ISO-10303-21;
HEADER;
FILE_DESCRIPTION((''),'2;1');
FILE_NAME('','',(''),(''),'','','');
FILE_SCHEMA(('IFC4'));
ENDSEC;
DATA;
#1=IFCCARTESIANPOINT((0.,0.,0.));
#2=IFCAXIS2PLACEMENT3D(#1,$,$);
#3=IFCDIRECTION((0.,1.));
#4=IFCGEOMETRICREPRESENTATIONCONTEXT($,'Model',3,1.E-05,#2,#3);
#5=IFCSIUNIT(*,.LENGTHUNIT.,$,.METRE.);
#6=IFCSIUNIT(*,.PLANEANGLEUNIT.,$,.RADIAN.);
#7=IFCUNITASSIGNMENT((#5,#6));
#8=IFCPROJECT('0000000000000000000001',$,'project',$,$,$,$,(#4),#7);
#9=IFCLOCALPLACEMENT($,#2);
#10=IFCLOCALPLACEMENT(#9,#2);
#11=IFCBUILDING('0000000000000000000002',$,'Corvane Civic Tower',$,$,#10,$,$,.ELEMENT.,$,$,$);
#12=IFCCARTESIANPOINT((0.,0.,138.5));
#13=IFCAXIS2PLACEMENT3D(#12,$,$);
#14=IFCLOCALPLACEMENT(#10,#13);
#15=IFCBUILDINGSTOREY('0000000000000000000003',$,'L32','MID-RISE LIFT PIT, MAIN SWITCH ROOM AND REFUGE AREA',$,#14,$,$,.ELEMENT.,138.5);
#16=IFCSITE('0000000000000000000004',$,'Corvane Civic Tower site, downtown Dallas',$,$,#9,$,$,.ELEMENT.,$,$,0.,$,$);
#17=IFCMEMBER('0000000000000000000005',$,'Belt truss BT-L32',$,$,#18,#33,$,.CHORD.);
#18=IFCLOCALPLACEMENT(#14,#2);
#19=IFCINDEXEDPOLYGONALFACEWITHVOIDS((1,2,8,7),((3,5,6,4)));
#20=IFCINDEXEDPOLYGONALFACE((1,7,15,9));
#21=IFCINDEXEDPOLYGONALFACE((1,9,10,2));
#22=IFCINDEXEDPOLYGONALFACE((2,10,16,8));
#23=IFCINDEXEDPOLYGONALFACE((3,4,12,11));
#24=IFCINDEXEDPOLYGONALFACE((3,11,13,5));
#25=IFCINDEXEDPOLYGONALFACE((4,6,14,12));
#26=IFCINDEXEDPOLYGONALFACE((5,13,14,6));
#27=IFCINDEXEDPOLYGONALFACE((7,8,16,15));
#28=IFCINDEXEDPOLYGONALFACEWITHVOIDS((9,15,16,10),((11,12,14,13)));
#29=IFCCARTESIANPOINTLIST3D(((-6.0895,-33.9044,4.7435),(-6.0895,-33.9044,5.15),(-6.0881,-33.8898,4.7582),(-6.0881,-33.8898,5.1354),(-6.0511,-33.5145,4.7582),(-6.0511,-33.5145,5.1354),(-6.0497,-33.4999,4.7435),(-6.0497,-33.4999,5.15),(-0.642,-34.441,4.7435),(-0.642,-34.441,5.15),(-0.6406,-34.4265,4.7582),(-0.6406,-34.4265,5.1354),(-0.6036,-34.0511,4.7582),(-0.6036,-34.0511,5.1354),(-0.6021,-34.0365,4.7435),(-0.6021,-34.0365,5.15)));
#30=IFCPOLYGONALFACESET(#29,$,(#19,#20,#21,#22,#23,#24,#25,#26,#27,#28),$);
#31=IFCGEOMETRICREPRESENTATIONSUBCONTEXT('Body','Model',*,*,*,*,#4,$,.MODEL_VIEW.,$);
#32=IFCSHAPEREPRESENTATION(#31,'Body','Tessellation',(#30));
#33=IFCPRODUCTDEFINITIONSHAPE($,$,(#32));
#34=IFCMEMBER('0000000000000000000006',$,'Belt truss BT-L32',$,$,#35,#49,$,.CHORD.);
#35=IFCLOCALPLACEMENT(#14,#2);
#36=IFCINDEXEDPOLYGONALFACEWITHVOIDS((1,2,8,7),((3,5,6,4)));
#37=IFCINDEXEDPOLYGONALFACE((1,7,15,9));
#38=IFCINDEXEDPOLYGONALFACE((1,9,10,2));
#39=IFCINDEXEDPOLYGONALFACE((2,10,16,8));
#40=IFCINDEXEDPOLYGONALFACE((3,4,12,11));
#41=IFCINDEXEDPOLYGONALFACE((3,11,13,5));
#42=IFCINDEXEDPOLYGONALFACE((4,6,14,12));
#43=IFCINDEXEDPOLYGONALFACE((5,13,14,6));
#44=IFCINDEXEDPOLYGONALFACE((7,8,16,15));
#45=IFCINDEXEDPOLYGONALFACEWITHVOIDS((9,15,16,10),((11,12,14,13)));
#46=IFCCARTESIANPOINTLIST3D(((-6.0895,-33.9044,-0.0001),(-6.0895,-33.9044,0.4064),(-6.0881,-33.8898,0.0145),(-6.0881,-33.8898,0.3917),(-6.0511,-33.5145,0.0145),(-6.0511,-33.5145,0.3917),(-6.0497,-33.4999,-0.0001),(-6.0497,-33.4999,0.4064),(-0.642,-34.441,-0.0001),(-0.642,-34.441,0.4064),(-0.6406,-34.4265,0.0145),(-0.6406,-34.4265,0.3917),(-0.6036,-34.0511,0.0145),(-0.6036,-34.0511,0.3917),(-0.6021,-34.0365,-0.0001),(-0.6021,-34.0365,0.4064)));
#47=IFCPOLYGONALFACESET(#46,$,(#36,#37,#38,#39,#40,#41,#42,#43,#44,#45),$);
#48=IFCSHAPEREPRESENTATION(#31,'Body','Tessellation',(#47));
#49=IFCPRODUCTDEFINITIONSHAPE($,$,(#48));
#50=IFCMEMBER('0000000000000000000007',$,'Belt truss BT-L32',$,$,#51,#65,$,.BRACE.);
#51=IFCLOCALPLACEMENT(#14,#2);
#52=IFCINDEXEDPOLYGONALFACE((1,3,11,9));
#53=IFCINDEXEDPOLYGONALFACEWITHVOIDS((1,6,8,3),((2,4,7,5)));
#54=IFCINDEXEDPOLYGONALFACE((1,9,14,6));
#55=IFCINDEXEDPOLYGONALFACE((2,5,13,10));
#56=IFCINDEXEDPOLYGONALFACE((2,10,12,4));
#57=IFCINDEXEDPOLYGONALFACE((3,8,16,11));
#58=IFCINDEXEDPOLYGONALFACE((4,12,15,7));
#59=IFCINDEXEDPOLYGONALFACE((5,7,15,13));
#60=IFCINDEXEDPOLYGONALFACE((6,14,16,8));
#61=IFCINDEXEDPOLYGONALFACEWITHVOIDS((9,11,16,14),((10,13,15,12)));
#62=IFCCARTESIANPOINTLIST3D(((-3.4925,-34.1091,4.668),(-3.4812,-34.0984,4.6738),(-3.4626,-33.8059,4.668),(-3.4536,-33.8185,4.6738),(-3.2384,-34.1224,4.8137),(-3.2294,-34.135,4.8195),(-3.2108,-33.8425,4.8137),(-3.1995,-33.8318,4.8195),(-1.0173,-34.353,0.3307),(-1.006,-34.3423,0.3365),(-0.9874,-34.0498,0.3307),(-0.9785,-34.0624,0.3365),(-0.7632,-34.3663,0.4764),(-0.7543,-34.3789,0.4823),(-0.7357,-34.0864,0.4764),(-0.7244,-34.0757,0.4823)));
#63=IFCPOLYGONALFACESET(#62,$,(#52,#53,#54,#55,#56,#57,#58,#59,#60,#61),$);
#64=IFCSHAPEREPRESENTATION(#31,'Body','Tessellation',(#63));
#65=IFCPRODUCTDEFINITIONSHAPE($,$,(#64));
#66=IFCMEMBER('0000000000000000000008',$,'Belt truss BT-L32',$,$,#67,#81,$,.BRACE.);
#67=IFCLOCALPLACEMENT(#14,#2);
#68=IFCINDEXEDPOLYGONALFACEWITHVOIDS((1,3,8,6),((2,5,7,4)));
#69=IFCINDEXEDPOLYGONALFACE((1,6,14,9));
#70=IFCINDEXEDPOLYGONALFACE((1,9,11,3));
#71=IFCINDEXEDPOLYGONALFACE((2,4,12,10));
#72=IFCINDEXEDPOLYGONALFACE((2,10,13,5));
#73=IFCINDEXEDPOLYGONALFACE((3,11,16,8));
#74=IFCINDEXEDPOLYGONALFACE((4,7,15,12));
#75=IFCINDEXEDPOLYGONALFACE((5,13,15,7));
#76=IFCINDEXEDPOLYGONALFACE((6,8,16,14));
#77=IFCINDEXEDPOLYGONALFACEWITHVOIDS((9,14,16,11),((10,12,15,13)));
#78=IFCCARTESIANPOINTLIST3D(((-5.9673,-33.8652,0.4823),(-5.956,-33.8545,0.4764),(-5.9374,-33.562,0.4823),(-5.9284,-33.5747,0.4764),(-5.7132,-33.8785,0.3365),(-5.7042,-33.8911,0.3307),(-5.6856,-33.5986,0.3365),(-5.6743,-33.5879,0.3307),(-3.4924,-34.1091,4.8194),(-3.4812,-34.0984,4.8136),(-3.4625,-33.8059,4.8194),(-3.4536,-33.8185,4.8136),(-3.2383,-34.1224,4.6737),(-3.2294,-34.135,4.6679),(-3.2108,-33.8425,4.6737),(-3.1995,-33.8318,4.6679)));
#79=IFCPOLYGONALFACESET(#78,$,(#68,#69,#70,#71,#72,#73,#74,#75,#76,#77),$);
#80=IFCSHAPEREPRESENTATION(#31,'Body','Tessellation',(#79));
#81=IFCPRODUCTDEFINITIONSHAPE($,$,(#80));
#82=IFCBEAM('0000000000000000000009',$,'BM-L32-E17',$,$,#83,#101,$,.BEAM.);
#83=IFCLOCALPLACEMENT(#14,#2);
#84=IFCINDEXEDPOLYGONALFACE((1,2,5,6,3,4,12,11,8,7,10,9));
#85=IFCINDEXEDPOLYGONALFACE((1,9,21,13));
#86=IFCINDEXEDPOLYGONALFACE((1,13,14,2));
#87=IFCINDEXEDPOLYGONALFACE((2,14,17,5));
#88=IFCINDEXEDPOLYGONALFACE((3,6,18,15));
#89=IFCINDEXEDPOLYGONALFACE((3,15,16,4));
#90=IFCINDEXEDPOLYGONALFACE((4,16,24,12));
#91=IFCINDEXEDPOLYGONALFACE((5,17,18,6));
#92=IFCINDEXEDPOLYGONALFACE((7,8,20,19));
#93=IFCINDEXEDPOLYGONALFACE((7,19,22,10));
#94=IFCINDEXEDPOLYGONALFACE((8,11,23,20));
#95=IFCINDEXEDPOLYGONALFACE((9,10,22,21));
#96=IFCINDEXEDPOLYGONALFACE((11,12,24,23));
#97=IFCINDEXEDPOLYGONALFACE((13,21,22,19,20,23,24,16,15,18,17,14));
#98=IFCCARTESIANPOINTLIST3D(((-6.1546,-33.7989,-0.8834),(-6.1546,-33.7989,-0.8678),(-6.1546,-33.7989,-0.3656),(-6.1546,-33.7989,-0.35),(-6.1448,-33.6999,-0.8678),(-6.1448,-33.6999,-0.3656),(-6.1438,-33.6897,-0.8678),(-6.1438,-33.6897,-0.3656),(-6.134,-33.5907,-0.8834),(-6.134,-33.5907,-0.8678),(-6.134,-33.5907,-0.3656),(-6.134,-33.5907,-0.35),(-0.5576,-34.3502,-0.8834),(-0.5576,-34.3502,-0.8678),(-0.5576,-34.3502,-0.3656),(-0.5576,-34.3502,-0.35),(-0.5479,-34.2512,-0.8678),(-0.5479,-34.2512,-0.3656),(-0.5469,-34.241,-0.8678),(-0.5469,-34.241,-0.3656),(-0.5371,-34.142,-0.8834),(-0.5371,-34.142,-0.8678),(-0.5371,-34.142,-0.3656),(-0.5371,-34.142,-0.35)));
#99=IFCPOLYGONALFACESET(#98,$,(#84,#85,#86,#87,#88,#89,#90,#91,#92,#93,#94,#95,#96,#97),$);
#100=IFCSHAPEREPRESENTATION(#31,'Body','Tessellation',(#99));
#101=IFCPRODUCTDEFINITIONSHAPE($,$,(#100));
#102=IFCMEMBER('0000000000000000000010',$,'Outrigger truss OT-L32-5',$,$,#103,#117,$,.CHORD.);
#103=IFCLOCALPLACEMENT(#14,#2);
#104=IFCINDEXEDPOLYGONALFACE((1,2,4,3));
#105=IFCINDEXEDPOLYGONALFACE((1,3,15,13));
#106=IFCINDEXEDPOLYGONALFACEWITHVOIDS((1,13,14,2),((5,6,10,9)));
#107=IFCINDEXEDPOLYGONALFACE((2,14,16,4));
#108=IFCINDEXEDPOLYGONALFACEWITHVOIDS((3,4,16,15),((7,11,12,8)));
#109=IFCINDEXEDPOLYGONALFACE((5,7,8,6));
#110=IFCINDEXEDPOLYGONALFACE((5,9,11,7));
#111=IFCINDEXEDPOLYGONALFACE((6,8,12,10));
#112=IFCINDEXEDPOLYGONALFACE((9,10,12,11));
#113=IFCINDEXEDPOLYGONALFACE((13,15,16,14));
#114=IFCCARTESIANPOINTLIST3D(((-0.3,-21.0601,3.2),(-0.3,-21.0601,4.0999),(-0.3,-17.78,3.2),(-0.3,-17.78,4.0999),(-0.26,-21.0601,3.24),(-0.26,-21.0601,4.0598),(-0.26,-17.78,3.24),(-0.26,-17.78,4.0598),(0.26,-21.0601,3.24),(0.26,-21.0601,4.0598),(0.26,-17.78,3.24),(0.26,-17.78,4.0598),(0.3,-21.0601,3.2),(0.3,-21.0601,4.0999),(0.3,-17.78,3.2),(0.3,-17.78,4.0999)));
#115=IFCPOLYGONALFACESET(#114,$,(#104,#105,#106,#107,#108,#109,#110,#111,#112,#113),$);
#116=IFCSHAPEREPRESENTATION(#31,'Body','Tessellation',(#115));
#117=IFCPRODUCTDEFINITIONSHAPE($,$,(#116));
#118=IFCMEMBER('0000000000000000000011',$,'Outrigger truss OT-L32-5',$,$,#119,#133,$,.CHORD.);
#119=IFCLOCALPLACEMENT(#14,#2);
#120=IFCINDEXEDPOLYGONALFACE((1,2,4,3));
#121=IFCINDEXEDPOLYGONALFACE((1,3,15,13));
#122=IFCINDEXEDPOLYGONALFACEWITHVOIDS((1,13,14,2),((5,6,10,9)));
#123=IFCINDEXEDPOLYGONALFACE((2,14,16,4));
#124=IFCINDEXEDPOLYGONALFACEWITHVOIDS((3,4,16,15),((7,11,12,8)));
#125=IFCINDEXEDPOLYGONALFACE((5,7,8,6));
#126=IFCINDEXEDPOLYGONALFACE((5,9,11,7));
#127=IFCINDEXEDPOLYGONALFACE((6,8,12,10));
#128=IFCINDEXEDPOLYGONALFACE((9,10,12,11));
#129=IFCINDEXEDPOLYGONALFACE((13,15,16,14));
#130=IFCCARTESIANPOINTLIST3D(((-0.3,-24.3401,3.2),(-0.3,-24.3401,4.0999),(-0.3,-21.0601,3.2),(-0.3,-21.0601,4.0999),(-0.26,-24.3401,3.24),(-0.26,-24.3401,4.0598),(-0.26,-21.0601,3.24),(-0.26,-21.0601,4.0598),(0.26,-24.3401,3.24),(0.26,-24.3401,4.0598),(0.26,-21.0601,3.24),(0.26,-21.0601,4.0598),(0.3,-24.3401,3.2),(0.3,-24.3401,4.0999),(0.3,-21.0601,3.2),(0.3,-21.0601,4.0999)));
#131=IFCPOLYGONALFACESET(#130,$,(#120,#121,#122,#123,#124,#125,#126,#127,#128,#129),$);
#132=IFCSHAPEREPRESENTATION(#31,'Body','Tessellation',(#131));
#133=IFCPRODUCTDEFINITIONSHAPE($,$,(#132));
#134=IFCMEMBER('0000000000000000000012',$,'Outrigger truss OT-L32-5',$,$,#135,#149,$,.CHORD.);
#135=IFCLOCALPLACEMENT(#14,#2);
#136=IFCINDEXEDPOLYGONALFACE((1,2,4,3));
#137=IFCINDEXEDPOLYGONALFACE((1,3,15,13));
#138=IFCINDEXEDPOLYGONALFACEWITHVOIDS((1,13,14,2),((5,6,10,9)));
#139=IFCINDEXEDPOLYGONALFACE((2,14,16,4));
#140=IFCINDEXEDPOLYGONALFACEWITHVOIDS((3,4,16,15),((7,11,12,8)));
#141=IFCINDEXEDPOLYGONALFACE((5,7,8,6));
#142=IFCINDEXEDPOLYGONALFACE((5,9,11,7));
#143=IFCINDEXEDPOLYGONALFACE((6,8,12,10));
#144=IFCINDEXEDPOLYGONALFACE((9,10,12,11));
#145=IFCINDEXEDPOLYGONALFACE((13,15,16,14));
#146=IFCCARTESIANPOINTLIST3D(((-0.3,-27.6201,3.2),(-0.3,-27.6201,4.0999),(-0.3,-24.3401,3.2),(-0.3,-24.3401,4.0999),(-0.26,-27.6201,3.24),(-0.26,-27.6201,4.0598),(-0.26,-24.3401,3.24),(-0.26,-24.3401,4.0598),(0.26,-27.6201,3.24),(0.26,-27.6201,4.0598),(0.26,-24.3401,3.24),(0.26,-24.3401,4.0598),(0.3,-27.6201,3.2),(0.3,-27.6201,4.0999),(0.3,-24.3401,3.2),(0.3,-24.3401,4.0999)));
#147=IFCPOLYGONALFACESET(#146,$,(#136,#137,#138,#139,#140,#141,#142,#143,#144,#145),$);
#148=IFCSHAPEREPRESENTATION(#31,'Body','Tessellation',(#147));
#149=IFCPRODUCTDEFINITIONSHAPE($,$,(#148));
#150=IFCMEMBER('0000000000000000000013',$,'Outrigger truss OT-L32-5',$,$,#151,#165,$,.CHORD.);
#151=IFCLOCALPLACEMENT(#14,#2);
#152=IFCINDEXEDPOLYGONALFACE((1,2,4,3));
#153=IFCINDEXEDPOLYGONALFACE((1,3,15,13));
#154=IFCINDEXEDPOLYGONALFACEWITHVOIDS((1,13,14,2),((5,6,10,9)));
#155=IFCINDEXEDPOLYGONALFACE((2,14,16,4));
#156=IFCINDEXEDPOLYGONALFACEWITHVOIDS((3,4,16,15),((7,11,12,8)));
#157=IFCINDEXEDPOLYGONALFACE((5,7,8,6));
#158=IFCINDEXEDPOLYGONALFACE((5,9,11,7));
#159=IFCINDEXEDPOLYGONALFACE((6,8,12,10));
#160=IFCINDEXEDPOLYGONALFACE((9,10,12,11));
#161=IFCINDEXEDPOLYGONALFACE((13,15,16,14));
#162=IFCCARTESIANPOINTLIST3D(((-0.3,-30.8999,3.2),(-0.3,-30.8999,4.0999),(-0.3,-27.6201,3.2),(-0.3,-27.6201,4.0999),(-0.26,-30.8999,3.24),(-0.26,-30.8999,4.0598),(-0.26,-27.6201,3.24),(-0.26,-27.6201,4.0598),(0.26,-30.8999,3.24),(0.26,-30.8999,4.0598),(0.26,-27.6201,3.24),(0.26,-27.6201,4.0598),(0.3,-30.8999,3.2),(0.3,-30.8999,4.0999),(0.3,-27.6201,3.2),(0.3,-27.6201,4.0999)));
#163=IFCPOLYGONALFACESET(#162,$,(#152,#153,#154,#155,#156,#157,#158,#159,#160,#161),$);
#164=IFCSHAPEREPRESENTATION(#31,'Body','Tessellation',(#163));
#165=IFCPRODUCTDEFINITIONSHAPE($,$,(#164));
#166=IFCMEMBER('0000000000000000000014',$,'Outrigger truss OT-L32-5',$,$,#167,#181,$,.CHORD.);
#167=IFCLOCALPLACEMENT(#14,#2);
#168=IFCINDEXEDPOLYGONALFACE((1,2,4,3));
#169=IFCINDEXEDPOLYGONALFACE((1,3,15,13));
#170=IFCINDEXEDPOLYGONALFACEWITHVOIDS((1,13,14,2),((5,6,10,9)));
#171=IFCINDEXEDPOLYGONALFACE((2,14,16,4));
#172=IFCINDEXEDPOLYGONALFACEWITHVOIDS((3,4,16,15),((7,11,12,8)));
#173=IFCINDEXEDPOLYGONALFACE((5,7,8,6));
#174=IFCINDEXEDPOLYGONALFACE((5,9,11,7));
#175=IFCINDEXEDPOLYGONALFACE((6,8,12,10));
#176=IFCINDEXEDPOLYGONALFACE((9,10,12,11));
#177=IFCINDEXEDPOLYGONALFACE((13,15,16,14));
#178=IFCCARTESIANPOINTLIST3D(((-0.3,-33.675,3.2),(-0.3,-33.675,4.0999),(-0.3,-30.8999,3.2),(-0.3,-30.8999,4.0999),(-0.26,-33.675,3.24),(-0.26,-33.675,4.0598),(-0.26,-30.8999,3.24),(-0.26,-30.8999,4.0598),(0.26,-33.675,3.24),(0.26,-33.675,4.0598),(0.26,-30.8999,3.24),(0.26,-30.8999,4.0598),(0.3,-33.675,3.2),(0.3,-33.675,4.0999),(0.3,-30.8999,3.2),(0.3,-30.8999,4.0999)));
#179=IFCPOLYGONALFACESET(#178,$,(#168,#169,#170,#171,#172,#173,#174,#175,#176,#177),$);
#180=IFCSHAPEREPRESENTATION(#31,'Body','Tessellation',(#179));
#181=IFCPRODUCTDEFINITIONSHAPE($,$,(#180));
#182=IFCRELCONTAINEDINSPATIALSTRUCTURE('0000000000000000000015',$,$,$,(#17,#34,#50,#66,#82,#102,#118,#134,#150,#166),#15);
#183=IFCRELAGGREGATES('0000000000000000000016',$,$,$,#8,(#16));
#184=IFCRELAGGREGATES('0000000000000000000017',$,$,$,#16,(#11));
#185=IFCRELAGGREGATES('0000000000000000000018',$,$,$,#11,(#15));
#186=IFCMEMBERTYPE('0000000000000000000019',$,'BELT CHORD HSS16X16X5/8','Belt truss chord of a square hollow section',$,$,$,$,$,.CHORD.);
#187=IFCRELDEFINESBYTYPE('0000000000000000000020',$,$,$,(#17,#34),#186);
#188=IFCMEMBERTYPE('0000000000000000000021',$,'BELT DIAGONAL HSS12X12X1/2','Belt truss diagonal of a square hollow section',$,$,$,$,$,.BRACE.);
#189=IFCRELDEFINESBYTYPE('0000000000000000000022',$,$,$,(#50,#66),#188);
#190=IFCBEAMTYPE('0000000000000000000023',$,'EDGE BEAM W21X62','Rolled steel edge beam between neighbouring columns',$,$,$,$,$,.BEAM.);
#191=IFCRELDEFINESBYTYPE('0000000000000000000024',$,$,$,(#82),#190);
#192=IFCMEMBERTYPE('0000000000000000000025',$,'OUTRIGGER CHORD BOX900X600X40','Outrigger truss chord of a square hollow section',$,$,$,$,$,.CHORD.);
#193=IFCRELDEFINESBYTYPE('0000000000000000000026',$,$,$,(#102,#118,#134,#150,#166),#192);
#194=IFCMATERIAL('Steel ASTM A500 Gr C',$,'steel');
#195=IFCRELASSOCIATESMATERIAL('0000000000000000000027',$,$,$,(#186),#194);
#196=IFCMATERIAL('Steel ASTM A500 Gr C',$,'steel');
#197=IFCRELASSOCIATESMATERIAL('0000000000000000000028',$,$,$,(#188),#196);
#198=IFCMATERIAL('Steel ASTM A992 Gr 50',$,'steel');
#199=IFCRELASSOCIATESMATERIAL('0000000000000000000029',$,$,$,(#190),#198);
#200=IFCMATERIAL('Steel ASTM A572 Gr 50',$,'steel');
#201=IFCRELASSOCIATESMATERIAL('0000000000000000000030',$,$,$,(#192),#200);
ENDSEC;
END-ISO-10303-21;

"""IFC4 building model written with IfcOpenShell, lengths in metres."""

from ifc_helpers import new_model, si_unit, direction, frame, origin, origin_2d, place, context, subcontext, project, spatial, hollow_rectangle, i_section, extrude, material, material_profile, profile_set, type_object, element, save


model = new_model("IFC4")

# Units and contexts
model_context = context("Model", 3, precision=1e-05, world=origin(), true_north=direction((0.0, 1.0)))
body_context = subcontext(model_context, "Body", "Model", "MODEL_VIEW")
ifc_project = project(units=[si_unit("LENGTHUNIT", "METRE"), si_unit("PLANEANGLEUNIT", "RADIAN")], contexts=[model_context])

# Site, building, storey
site_placement = place(None, origin())
site = spatial("IfcSite", under=ifc_project, at=site_placement, Name="Corvane Civic Tower site, downtown Dallas", CompositionType="ELEMENT", RefElevation=0.0)
building_placement = place(site_placement, origin())
building = spatial("IfcBuilding", under=site, at=building_placement, Name="Corvane Civic Tower", CompositionType="ELEMENT")
storey_placement = place(building_placement, frame((0.0, 0.0, 138.5)))
storey = spatial("IfcBuildingStorey", under=building, at=storey_placement, Name="L32", Description="MID-RISE LIFT PIT, MAIN SWITCH ROOM AND REFUGE AREA", CompositionType="ELEMENT", Elevation=138.5)

# Members
ifc_material_1 = material(Name="Steel ASTM A500 Gr C", Category="steel")
ifc_material_profile_1 = material_profile(ifc_material_1, hollow_rectangle(XDim=0.4065, YDim=0.4065, WallThickness=0.0146, at=origin_2d()), Name="HSS16X16X5/8")
ifc_profile_set_1 = profile_set([ifc_material_profile_1], Name="Steel ASTM A500 Gr C")
member_type_1 = type_object("IfcMemberType", Name="BELT CHORD HSS16X16X5/8", Description="Belt truss chord of a square hollow section", PredefinedType="CHORD", material=ifc_profile_set_1)
for number, where, z_axis, x_axis, name in (
    (1, (-0.6221, -34.2388, 4.9468), (-0.995183, 0.098033, 0.0), (-0.098033, -0.995183, 0.0), "Belt truss BT-L32"),
    (2, (-0.6221, -34.2388, 0.2031), (-0.995183, 0.098033, 0.0), (-0.098033, -0.995183, 0.0), "Belt truss BT-L32"),
):
    element("IfcMember", number, at=place(storey_placement, frame(where, z_axis=z_axis, x_axis=x_axis)), inside=storey, type_object=member_type_1, Name=name, PredefinedType="CHORD", context=body_context, shape_type="SweptSolid", body=[
        extrude(hollow_rectangle(XDim=0.4065, YDim=0.4065, WallThickness=0.0146, at=origin_2d()), origin(), (0.0, 0.0, 1.0), 5.4739),
    ])
ifc_material_2 = material(Name="Steel ASTM A500 Gr C", Category="steel")
ifc_material_profile_2 = material_profile(ifc_material_2, hollow_rectangle(XDim=0.3047, YDim=0.3047, WallThickness=0.0117, at=origin_2d()), Name="HSS12X12X1/2")
ifc_profile_set_2 = profile_set([ifc_material_profile_2], Name="Steel ASTM A500 Gr C")
member_type_2 = type_object("IfcMemberType", Name="BELT DIAGONAL HSS12X12X1/2", Description="Belt truss diagonal of a square hollow section", PredefinedType="BRACE", material=ifc_profile_set_2)
member_1_placement = place(storey_placement, frame((-0.8708, -34.2144, 0.4065), z_axis=(-0.495054, 0.048783, 0.867492), x_axis=(-0.098065, -0.99518, 0.0)))
element("IfcMember", 3, at=member_1_placement, inside=storey, type_object=member_type_2, Name="Belt truss BT-L32", PredefinedType="BRACE", context=body_context, shape_type="SweptSolid", body=[
    extrude(hollow_rectangle(XDim=0.3047, YDim=0.3047, WallThickness=0.0117, at=origin_2d()), origin(), (0.0, 0.0, 1.0), 4.9998),
])
member_2_placement = place(storey_placement, frame((-5.8208, -33.7266, 0.4065), z_axis=(0.495017, -0.048784, 0.867513), x_axis=(0.098075, 0.995179, 0.0)))
element("IfcMember", 4, at=member_2_placement, inside=storey, type_object=member_type_2, Name="Belt truss BT-L32", PredefinedType="BRACE", context=body_context, shape_type="SweptSolid", body=[
    extrude(hollow_rectangle(XDim=0.3047, YDim=0.3047, WallThickness=0.0117, at=origin_2d()), origin(), (0.0, 0.0, 1.0), 4.9995),
])

# Beam
ifc_material_3 = material(Name="Steel ASTM A992 Gr 50", Category="steel")
ifc_material_profile_3 = material_profile(ifc_material_3, i_section(OverallWidth=0.2092, OverallDepth=0.5334, WebThickness=0.0103, FlangeThickness=0.0156, at=origin_2d()), Name="W21X62")
ifc_profile_set_3 = profile_set([ifc_material_profile_3], Name="Steel ASTM A992 Gr 50")
beam_type = type_object("IfcBeamType", Name="EDGE BEAM W21X62", Description="Rolled steel edge beam between neighbouring columns", PredefinedType="BEAM", material=ifc_profile_set_3)
beam_placement = place(storey_placement, frame((-0.5474, -34.2461, -0.6167), z_axis=(-0.995184, 0.098021, 0.0), x_axis=(-0.098021, -0.995184, 0.0)))
element("IfcBeam", 5, at=beam_placement, inside=storey, type_object=beam_type, Name="BM-L32-E17", PredefinedType="BEAM", context=body_context, shape_type="SweptSolid", body=[
    extrude(i_section(OverallWidth=0.2092, OverallDepth=0.5334, WebThickness=0.0103, FlangeThickness=0.0156, at=origin_2d()), origin(), (0.0, 0.0, 1.0), 5.624),
])

# Members
ifc_material_4 = material(Name="Steel ASTM A572 Gr 50", Category="steel")
ifc_material_profile_4 = material_profile(ifc_material_4, hollow_rectangle(XDim=0.6001, YDim=0.8999, WallThickness=0.04, at=origin_2d()), Name="BOX900X600X40")
ifc_profile_set_4 = profile_set([ifc_material_profile_4], Name="Steel ASTM A572 Gr 50")
member_type_3 = type_object("IfcMemberType", Name="OUTRIGGER CHORD BOX900X600X40", Description="Outrigger truss chord of a square hollow section", PredefinedType="CHORD", material=ifc_profile_set_4)
for number, where, z_axis, x_axis, name in (
    (6, (0.0, -17.78, 3.6499), (0.0, -1.0, 0.0), (1.0, 0.0, 0.0), "Outrigger truss OT-L32-5"),
    (7, (0.0, -21.0601, 3.6499), (0.0, -1.0, 0.0), (1.0, 0.0, 0.0), "Outrigger truss OT-L32-5"),
    (8, (0.0, -24.3401, 3.6499), (0.0, -1.0, 0.0), (1.0, 0.0, 0.0), "Outrigger truss OT-L32-5"),
):
    element("IfcMember", number, at=place(storey_placement, frame(where, z_axis=z_axis, x_axis=x_axis)), inside=storey, type_object=member_type_3, Name=name, PredefinedType="CHORD", context=body_context, shape_type="SweptSolid", body=[
        extrude(hollow_rectangle(XDim=0.6001, YDim=0.8999, WallThickness=0.04, at=origin_2d()), origin(), (0.0, 0.0, 1.0), 3.28),
    ])
member_3_placement = place(storey_placement, frame((0.0, -27.6201, 3.6499), z_axis=(0.0, -1.0, 0.0), x_axis=(1.0, 0.0, 0.0)))
element("IfcMember", 9, at=member_3_placement, inside=storey, type_object=member_type_3, Name="Outrigger truss OT-L32-5", PredefinedType="CHORD", context=body_context, shape_type="SweptSolid", body=[
    extrude(hollow_rectangle(XDim=0.6001, YDim=0.8999, WallThickness=0.04, at=origin_2d()), origin(), (0.0, 0.0, 1.0), 3.2798),
])
member_4_placement = place(storey_placement, frame((0.0, -30.8999, 3.6499), z_axis=(0.0, -1.0, 0.0), x_axis=(1.0, 0.0, 0.0)))
element("IfcMember", 10, at=member_4_placement, inside=storey, type_object=member_type_3, Name="Outrigger truss OT-L32-5", PredefinedType="CHORD", context=body_context, shape_type="SweptSolid", body=[
    extrude(hollow_rectangle(XDim=0.6001, YDim=0.8999, WallThickness=0.04, at=origin_2d()), origin(), (0.0, 0.0, 1.0), 2.7751),
])

save(model, "model.ifc")
